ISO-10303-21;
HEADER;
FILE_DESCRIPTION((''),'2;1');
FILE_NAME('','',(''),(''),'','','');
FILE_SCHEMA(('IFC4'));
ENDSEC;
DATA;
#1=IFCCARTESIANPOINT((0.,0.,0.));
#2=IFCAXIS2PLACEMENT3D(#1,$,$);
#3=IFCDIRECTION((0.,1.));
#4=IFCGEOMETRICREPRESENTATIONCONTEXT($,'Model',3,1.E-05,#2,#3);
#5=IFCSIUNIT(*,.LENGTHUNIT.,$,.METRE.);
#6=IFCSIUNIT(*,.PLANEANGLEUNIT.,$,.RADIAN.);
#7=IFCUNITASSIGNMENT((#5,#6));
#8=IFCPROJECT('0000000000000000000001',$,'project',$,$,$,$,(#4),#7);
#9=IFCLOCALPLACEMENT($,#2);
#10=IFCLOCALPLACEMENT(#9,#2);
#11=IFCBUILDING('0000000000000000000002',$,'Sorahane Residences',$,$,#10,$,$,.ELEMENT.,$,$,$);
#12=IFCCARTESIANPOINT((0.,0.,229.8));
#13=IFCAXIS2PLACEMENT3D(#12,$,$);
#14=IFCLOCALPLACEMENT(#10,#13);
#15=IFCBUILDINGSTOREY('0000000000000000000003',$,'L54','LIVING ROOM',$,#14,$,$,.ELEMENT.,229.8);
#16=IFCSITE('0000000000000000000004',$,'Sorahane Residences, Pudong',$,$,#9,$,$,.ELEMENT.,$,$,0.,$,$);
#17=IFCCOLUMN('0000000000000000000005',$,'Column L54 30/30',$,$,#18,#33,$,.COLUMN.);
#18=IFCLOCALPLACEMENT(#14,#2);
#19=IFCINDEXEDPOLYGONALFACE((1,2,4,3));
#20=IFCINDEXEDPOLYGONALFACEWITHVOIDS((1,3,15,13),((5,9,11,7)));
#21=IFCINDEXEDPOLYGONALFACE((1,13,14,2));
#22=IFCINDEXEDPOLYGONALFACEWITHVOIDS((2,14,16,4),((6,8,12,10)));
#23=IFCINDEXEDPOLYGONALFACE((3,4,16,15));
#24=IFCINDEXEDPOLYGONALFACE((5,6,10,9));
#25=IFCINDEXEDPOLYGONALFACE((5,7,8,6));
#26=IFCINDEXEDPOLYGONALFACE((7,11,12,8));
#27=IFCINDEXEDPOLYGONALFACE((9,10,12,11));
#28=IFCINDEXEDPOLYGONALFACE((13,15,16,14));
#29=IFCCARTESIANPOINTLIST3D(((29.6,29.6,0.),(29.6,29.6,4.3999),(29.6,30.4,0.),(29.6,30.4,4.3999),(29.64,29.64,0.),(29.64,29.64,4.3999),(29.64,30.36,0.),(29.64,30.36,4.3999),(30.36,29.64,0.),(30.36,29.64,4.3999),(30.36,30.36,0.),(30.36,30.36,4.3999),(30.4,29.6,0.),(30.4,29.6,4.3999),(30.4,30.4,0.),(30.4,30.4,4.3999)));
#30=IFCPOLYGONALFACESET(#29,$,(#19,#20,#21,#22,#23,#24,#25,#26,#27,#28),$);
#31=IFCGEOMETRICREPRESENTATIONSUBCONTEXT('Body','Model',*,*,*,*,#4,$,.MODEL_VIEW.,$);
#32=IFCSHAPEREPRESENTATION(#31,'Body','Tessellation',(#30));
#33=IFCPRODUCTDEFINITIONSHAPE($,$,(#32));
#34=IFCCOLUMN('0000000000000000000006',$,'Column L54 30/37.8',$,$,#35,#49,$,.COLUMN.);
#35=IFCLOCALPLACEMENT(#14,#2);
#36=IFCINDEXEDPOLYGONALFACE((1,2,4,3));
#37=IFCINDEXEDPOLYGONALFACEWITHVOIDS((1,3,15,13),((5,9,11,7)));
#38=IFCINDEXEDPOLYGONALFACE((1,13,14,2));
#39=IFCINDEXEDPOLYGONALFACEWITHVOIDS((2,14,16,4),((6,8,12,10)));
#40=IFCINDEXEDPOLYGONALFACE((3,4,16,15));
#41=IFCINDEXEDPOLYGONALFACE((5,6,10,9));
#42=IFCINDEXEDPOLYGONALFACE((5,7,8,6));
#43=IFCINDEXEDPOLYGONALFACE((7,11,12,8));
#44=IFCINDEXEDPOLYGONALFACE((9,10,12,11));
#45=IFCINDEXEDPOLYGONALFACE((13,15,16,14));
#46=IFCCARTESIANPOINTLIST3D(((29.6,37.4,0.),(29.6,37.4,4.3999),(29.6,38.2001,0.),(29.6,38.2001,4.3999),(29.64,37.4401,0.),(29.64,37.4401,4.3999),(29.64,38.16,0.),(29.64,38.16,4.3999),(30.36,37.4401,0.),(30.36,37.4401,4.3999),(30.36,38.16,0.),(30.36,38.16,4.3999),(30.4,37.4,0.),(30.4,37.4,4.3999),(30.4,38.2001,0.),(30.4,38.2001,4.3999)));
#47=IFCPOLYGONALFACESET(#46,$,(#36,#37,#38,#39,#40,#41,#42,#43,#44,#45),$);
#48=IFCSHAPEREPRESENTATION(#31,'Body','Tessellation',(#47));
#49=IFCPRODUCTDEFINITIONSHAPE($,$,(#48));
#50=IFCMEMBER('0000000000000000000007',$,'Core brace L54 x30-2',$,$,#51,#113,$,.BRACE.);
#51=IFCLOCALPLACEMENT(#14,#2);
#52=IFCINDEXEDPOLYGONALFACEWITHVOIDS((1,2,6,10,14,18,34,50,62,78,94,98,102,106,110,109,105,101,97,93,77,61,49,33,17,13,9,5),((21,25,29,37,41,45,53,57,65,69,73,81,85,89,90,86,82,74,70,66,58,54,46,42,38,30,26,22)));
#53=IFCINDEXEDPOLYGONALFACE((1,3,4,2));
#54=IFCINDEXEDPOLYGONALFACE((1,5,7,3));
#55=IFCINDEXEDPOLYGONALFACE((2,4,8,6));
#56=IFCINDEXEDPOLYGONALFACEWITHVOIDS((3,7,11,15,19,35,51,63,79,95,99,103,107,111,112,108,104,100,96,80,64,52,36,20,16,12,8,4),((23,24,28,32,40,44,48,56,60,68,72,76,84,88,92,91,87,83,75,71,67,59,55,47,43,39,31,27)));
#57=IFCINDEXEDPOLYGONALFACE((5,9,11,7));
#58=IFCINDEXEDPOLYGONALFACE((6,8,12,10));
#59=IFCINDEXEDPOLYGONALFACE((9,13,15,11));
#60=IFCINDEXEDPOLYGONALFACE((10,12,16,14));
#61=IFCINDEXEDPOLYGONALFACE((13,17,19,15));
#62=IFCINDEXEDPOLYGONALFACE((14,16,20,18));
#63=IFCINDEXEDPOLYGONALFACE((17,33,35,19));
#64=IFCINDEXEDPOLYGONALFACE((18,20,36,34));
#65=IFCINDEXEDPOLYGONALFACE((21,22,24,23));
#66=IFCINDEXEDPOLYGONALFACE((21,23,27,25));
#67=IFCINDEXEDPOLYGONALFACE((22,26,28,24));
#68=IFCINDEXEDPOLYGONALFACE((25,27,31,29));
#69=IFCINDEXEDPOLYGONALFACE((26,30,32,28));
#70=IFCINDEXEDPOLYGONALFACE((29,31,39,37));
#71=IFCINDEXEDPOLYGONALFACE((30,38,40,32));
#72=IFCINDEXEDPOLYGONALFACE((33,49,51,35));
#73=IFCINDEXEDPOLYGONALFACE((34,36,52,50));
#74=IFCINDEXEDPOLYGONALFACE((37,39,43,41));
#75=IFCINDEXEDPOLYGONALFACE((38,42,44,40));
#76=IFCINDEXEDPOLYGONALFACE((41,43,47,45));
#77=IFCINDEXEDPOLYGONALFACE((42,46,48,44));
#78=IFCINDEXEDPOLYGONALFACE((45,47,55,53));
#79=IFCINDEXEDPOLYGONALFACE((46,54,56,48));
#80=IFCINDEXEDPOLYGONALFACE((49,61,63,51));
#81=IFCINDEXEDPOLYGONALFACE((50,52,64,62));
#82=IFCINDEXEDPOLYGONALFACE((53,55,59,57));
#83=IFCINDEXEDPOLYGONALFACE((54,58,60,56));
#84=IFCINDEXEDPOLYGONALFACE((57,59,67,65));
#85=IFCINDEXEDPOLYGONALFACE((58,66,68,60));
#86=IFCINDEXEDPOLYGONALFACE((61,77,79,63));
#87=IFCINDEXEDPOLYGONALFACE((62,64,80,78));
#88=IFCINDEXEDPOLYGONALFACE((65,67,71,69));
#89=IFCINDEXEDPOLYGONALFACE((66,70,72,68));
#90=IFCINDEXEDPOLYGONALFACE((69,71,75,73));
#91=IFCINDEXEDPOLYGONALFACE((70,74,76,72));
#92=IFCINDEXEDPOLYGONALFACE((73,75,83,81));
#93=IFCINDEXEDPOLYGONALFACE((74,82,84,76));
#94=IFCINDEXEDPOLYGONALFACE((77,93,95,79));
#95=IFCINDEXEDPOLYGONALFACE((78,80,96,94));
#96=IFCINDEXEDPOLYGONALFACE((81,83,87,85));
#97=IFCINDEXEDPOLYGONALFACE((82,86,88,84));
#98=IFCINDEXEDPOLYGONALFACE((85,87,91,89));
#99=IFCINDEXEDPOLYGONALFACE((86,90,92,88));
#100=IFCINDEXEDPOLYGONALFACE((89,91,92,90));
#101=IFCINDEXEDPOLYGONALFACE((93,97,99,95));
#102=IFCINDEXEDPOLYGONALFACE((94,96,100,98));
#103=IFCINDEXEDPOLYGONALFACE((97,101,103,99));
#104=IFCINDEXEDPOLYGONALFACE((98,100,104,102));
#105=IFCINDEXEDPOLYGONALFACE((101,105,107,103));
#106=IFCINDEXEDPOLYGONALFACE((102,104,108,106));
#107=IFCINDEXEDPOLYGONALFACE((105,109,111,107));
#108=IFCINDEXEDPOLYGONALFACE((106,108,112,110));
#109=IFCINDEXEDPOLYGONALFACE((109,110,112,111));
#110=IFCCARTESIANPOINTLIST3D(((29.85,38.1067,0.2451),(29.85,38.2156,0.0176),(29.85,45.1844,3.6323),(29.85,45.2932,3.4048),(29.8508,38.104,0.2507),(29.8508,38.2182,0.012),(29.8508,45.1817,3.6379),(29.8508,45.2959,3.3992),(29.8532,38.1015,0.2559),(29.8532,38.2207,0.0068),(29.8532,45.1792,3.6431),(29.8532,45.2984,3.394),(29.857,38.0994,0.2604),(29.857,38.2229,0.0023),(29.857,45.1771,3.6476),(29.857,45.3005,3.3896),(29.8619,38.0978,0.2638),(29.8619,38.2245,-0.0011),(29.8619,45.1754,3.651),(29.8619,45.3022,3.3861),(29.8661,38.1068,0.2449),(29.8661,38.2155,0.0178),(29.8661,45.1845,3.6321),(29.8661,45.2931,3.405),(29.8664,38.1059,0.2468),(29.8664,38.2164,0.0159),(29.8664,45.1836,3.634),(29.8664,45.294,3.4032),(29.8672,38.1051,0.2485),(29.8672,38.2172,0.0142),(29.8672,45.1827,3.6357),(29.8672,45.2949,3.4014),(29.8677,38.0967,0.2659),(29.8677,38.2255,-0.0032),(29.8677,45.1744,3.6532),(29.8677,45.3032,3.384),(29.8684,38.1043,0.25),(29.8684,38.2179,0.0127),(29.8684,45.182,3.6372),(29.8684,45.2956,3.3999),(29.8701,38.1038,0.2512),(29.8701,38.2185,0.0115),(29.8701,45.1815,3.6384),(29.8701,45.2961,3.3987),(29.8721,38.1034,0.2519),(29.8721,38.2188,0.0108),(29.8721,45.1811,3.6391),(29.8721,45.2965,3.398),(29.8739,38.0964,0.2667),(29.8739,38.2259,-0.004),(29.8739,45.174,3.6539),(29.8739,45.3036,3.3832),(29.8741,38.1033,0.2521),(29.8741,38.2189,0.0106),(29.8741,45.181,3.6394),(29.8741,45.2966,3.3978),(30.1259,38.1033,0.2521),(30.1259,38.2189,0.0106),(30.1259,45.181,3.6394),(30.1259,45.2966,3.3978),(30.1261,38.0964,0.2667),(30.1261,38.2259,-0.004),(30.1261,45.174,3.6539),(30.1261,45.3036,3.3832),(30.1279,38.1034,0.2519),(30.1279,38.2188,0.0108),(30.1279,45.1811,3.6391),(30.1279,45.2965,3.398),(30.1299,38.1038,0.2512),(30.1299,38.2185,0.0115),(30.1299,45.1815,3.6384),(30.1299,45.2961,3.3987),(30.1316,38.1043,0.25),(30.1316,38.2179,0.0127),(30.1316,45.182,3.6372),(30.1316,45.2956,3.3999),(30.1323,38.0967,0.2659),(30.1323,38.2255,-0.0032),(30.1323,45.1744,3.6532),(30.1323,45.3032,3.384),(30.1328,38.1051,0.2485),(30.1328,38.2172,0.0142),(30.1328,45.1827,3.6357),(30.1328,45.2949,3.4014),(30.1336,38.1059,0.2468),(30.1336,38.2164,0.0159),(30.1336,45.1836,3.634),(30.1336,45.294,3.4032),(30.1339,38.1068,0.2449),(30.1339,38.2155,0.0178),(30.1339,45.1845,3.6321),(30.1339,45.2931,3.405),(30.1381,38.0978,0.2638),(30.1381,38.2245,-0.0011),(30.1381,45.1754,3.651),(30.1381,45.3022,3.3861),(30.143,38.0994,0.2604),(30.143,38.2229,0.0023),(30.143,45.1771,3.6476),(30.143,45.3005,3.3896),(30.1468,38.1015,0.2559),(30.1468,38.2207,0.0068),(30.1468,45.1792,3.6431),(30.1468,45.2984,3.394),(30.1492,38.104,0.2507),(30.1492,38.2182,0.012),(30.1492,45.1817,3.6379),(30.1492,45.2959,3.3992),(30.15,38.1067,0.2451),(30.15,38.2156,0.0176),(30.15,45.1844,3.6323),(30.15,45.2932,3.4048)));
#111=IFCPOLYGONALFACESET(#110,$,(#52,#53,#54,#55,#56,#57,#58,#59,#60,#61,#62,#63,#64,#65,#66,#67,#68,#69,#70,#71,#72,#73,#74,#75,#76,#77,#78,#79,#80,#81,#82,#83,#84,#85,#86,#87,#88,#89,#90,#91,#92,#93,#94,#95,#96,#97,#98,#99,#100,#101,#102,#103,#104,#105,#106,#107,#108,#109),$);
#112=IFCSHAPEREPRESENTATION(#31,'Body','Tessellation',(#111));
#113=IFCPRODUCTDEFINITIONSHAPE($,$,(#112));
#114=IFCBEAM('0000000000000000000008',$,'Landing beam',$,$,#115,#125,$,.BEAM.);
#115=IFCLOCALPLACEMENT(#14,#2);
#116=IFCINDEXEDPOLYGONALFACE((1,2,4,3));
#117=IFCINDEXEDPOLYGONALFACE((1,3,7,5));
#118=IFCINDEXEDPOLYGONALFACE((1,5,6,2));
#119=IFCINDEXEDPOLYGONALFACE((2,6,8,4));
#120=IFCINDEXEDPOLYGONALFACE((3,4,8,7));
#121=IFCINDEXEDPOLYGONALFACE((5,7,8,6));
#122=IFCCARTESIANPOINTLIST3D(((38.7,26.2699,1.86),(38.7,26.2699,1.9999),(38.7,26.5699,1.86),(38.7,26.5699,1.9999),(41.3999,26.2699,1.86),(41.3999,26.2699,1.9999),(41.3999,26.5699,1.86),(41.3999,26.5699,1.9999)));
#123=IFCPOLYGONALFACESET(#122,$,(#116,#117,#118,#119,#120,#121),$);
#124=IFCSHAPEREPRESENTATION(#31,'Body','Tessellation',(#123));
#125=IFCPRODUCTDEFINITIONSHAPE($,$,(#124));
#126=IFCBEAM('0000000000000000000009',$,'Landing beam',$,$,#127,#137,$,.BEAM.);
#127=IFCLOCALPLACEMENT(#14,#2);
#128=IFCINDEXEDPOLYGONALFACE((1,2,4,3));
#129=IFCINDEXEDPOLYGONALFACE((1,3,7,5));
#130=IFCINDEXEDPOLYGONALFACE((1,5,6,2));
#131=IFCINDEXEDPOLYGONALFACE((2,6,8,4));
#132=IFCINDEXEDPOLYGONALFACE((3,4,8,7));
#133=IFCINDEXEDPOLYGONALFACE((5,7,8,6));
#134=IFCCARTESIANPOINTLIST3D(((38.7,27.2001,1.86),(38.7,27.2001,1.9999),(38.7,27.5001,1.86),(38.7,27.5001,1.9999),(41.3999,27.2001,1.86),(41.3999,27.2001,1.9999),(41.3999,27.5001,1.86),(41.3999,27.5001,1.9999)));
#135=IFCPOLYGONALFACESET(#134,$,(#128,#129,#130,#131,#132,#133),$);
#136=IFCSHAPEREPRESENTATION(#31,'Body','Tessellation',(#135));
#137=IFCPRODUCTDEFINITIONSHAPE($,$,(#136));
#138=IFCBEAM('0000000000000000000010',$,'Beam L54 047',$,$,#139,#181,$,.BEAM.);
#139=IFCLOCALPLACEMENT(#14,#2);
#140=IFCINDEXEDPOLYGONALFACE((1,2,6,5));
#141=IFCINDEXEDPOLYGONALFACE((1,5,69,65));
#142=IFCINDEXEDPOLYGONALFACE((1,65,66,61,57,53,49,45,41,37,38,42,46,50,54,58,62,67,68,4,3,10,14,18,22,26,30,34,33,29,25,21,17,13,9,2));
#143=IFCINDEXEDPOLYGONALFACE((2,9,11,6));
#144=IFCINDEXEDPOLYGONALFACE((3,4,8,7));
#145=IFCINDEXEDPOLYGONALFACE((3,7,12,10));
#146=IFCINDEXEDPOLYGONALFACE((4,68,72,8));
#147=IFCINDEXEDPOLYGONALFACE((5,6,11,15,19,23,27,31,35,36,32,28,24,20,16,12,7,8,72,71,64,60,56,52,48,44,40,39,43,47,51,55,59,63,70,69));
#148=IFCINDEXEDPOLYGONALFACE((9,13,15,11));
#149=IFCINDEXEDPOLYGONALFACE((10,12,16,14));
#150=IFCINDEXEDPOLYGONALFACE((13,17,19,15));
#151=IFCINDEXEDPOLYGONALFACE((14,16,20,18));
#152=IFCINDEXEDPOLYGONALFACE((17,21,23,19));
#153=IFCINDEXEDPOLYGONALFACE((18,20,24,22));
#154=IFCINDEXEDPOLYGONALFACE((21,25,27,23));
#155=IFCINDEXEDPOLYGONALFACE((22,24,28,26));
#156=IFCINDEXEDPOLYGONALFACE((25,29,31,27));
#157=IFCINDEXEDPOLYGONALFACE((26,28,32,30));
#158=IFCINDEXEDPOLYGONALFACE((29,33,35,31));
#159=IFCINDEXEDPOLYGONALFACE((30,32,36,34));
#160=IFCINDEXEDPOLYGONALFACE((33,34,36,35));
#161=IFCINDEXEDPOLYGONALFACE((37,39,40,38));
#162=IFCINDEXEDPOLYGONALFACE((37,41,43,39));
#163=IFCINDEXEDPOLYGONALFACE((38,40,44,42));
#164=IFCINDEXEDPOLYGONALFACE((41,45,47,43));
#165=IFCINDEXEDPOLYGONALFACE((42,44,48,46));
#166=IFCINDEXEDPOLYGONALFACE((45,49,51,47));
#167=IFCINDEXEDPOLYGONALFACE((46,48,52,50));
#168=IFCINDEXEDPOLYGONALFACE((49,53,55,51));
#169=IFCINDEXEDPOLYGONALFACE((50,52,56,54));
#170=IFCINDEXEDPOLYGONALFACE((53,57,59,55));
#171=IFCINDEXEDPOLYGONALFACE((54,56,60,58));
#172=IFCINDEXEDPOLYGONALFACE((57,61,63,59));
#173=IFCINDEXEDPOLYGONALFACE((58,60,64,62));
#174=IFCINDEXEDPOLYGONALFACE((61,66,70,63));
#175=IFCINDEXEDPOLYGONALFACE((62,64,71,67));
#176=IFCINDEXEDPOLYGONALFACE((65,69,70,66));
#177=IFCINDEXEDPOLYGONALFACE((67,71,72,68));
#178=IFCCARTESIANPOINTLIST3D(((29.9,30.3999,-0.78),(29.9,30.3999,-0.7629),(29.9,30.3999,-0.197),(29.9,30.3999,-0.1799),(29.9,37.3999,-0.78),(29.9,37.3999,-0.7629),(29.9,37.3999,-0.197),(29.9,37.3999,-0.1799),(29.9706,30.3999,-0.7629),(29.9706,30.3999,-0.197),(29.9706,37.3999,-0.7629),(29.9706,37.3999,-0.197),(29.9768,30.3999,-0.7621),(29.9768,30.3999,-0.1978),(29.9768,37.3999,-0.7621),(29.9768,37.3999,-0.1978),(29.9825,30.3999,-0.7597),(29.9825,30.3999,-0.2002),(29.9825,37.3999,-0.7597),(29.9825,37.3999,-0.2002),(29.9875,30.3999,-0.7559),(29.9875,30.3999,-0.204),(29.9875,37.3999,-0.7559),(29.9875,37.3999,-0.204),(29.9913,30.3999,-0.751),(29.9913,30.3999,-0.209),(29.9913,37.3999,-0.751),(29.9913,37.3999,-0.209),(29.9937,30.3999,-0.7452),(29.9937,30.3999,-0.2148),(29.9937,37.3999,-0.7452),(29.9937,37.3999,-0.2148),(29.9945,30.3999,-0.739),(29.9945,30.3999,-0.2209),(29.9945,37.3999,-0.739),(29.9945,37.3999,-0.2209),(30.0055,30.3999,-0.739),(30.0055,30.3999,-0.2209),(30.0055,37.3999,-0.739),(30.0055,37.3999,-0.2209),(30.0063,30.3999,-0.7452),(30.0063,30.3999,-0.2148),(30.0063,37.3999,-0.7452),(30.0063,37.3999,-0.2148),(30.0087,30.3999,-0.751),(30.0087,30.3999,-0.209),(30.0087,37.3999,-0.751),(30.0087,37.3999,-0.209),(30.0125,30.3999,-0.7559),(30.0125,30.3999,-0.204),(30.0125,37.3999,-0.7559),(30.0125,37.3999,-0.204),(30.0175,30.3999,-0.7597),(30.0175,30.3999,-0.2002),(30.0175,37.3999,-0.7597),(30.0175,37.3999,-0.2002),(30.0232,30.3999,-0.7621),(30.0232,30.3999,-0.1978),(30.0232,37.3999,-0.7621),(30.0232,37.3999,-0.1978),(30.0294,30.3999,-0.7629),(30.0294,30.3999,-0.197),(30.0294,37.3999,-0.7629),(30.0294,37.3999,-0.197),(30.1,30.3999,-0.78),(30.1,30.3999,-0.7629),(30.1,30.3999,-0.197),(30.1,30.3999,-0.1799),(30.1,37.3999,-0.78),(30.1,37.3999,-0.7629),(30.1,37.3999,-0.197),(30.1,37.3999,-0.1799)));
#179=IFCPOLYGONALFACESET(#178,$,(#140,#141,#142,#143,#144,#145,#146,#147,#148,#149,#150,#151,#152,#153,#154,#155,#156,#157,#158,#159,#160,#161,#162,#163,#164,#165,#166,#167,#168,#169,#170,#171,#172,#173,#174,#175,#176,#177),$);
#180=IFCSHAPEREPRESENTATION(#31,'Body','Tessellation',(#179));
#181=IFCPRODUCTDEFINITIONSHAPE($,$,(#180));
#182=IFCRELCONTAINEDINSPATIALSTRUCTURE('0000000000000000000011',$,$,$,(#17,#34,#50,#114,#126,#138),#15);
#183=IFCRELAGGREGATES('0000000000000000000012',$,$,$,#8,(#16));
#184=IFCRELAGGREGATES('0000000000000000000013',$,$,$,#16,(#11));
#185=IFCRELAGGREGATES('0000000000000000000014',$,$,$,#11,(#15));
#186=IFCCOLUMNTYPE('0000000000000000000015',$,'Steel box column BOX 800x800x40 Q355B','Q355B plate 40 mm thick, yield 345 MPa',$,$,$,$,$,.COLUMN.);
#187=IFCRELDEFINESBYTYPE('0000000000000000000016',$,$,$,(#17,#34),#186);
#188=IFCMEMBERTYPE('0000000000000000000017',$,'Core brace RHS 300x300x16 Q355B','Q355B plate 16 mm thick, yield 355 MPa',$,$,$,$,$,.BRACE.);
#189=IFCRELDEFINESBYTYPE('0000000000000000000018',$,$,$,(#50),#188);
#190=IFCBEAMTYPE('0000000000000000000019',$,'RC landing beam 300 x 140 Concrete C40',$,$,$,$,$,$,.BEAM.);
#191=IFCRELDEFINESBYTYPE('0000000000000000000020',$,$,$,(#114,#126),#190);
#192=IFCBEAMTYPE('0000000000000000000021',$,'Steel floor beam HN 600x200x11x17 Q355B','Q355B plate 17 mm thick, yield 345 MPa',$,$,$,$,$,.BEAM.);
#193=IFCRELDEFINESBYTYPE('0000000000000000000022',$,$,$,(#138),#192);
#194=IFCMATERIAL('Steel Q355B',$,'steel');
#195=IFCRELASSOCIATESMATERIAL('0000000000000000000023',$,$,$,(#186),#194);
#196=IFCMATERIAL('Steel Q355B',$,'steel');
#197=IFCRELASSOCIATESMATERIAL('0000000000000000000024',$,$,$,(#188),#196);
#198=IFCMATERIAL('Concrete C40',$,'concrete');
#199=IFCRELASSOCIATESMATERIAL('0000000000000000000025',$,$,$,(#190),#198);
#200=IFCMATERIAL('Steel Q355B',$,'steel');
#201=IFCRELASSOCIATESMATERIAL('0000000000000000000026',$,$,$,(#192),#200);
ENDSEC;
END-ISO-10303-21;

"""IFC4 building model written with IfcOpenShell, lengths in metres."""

from ifc_helpers import new_model, si_unit, direction, frame, origin, origin_2d, place, context, subcontext, project, spatial, rectangle, hollow_rectangle, i_section, extrude, material, material_profile, profile_set, type_object, element, save


model = new_model("IFC4")

# Units and contexts
model_context = context("Model", 3, precision=1e-05, world=origin(), true_north=direction((0.0, 1.0)))
body_context = subcontext(model_context, "Body", "Model", "MODEL_VIEW")
ifc_project = project(units=[si_unit("LENGTHUNIT", "METRE"), si_unit("PLANEANGLEUNIT", "RADIAN")], contexts=[model_context])

# Site, building, storey
site_placement = place(None, origin())
site = spatial("IfcSite", under=ifc_project, at=site_placement, Name="Sorahane Residences, Pudong", CompositionType="ELEMENT", RefElevation=0.0)
building_placement = place(site_placement, origin())
building = spatial("IfcBuilding", under=site, at=building_placement, Name="Sorahane Residences", CompositionType="ELEMENT")
storey_placement = place(building_placement, frame((0.0, 0.0, 229.8)))
storey = spatial("IfcBuildingStorey", under=building, at=storey_placement, Name="L54", Description="LIVING ROOM", CompositionType="ELEMENT", Elevation=229.8)

# Columns
ifc_material_1 = material(Name="Steel Q355B", Category="steel")
ifc_material_profile_1 = material_profile(ifc_material_1, hollow_rectangle(XDim=0.8, YDim=0.8, WallThickness=0.04, at=origin_2d()), Name="BOX 800x800x40")
ifc_profile_set_1 = profile_set([ifc_material_profile_1], Name="Steel Q355B")
column_type = type_object("IfcColumnType", Name="Steel box column BOX 800x800x40 Q355B", Description="Q355B plate 40 mm thick, yield 345 MPa", PredefinedType="COLUMN", material=ifc_profile_set_1)
for number, where, z_axis, x_axis, name in (
    (1, (30.0, 30.0, 0.0), (0.0, 0.0, 1.0), (1.0, 0.0, 0.0), "Column L54 30/30"),
    (2, (30.0, 37.8, 0.0), (0.0, 0.0, 1.0), (1.0, 0.0, 0.0), "Column L54 30/37.8"),
):
    element("IfcColumn", number, at=place(storey_placement, frame(where, z_axis=z_axis, x_axis=x_axis)), inside=storey, type_object=column_type, Name=name, PredefinedType="COLUMN", context=body_context, shape_type="SweptSolid", body=[
        extrude(hollow_rectangle(XDim=0.8, YDim=0.8, WallThickness=0.04, at=origin_2d()), origin(), (0.0, 0.0, 1.0), 4.3999),
    ])

# Member
ifc_material_2 = material(Name="Steel Q355B", Category="steel")
ifc_material_profile_2 = material_profile(ifc_material_2, hollow_rectangle(XDim=0.3, YDim=0.3, WallThickness=0.0161, InnerFilletRadius=0.0081, OuterFilletRadius=0.0239, at=origin_2d()), Name="RHS 300x300x16")
ifc_profile_set_2 = profile_set([ifc_material_profile_2], Name="Steel Q355B")
member_type = type_object("IfcMemberType", Name="Core brace RHS 300x300x16 Q355B", Description="Q355B plate 16 mm thick, yield 355 MPa", PredefinedType="BRACE", material=ifc_profile_set_2)
member_placement = place(storey_placement, frame((30.0, 38.1611, 0.1313), z_axis=(0.0, 0.902023, 0.431689), x_axis=(-1.0, 0.0, 0.0)))
element("IfcMember", 3, at=member_placement, inside=storey, type_object=member_type, Name="Core brace L54 x30-2", PredefinedType="BRACE", context=body_context, shape_type="SweptSolid", body=[
    extrude(hollow_rectangle(XDim=0.3, YDim=0.3, WallThickness=0.0161, InnerFilletRadius=0.0081, OuterFilletRadius=0.0239, at=origin_2d()), origin(), (0.0, 0.0, 1.0), 7.8464),
])

# Beams
ifc_material_3 = material(Name="Concrete C40", Category="concrete")
ifc_material_profile_3 = material_profile(ifc_material_3, rectangle(XDim=0.3, YDim=0.1399, at=origin_2d()), Name="300x140")
ifc_profile_set_3 = profile_set([ifc_material_profile_3], Name="Concrete C40")
beam_type_1 = type_object("IfcBeamType", Name="RC landing beam 300 x 140 Concrete C40", PredefinedType="BEAM", material=ifc_profile_set_3)
for number, where, z_axis, x_axis, name in (
    (4, (38.7, 26.4199, 1.9299), (1.0, 0.0, 0.0), (0.0, 1.0, 0.0), "Landing beam"),
    (5, (38.7, 27.3501, 1.9299), (1.0, 0.0, 0.0), (0.0, 1.0, 0.0), "Landing beam"),
):
    element("IfcBeam", number, at=place(storey_placement, frame(where, z_axis=z_axis, x_axis=x_axis)), inside=storey, type_object=beam_type_1, Name=name, PredefinedType="BEAM", context=body_context, shape_type="SweptSolid", body=[
        extrude(rectangle(XDim=0.3, YDim=0.1399, at=origin_2d()), origin(), (0.0, 0.0, 1.0), 2.7),
    ])
ifc_material_4 = material(Name="Steel Q355B", Category="steel")
ifc_material_profile_4 = material_profile(ifc_material_4, i_section(OverallWidth=0.2, OverallDepth=0.6001, WebThickness=0.011, FlangeThickness=0.0171, FilletRadius=0.0239, at=origin_2d()), Name="HN 600x200x11x17")
ifc_profile_set_4 = profile_set([ifc_material_profile_4], Name="Steel Q355B")
beam_type_2 = type_object("IfcBeamType", Name="Steel floor beam HN 600x200x11x17 Q355B", Description="Q355B plate 17 mm thick, yield 345 MPa", PredefinedType="BEAM", material=ifc_profile_set_4)
for number, where, z_axis, x_axis, name in (
    (6, (30.0, 30.3999, -0.48), (0.0, 1.0, 0.0), (-1.0, 0.0, 0.0), "Beam L54 047"),
):
    element("IfcBeam", number, at=place(storey_placement, frame(where, z_axis=z_axis, x_axis=x_axis)), inside=storey, type_object=beam_type_2, Name=name, PredefinedType="BEAM", context=body_context, shape_type="SweptSolid", body=[
        extrude(i_section(OverallWidth=0.2, OverallDepth=0.6001, WebThickness=0.011, FlangeThickness=0.0171, FilletRadius=0.0239, at=origin_2d()), origin(), (0.0, 0.0, 1.0), 7.0),
    ])

save(model, "model.ifc")
